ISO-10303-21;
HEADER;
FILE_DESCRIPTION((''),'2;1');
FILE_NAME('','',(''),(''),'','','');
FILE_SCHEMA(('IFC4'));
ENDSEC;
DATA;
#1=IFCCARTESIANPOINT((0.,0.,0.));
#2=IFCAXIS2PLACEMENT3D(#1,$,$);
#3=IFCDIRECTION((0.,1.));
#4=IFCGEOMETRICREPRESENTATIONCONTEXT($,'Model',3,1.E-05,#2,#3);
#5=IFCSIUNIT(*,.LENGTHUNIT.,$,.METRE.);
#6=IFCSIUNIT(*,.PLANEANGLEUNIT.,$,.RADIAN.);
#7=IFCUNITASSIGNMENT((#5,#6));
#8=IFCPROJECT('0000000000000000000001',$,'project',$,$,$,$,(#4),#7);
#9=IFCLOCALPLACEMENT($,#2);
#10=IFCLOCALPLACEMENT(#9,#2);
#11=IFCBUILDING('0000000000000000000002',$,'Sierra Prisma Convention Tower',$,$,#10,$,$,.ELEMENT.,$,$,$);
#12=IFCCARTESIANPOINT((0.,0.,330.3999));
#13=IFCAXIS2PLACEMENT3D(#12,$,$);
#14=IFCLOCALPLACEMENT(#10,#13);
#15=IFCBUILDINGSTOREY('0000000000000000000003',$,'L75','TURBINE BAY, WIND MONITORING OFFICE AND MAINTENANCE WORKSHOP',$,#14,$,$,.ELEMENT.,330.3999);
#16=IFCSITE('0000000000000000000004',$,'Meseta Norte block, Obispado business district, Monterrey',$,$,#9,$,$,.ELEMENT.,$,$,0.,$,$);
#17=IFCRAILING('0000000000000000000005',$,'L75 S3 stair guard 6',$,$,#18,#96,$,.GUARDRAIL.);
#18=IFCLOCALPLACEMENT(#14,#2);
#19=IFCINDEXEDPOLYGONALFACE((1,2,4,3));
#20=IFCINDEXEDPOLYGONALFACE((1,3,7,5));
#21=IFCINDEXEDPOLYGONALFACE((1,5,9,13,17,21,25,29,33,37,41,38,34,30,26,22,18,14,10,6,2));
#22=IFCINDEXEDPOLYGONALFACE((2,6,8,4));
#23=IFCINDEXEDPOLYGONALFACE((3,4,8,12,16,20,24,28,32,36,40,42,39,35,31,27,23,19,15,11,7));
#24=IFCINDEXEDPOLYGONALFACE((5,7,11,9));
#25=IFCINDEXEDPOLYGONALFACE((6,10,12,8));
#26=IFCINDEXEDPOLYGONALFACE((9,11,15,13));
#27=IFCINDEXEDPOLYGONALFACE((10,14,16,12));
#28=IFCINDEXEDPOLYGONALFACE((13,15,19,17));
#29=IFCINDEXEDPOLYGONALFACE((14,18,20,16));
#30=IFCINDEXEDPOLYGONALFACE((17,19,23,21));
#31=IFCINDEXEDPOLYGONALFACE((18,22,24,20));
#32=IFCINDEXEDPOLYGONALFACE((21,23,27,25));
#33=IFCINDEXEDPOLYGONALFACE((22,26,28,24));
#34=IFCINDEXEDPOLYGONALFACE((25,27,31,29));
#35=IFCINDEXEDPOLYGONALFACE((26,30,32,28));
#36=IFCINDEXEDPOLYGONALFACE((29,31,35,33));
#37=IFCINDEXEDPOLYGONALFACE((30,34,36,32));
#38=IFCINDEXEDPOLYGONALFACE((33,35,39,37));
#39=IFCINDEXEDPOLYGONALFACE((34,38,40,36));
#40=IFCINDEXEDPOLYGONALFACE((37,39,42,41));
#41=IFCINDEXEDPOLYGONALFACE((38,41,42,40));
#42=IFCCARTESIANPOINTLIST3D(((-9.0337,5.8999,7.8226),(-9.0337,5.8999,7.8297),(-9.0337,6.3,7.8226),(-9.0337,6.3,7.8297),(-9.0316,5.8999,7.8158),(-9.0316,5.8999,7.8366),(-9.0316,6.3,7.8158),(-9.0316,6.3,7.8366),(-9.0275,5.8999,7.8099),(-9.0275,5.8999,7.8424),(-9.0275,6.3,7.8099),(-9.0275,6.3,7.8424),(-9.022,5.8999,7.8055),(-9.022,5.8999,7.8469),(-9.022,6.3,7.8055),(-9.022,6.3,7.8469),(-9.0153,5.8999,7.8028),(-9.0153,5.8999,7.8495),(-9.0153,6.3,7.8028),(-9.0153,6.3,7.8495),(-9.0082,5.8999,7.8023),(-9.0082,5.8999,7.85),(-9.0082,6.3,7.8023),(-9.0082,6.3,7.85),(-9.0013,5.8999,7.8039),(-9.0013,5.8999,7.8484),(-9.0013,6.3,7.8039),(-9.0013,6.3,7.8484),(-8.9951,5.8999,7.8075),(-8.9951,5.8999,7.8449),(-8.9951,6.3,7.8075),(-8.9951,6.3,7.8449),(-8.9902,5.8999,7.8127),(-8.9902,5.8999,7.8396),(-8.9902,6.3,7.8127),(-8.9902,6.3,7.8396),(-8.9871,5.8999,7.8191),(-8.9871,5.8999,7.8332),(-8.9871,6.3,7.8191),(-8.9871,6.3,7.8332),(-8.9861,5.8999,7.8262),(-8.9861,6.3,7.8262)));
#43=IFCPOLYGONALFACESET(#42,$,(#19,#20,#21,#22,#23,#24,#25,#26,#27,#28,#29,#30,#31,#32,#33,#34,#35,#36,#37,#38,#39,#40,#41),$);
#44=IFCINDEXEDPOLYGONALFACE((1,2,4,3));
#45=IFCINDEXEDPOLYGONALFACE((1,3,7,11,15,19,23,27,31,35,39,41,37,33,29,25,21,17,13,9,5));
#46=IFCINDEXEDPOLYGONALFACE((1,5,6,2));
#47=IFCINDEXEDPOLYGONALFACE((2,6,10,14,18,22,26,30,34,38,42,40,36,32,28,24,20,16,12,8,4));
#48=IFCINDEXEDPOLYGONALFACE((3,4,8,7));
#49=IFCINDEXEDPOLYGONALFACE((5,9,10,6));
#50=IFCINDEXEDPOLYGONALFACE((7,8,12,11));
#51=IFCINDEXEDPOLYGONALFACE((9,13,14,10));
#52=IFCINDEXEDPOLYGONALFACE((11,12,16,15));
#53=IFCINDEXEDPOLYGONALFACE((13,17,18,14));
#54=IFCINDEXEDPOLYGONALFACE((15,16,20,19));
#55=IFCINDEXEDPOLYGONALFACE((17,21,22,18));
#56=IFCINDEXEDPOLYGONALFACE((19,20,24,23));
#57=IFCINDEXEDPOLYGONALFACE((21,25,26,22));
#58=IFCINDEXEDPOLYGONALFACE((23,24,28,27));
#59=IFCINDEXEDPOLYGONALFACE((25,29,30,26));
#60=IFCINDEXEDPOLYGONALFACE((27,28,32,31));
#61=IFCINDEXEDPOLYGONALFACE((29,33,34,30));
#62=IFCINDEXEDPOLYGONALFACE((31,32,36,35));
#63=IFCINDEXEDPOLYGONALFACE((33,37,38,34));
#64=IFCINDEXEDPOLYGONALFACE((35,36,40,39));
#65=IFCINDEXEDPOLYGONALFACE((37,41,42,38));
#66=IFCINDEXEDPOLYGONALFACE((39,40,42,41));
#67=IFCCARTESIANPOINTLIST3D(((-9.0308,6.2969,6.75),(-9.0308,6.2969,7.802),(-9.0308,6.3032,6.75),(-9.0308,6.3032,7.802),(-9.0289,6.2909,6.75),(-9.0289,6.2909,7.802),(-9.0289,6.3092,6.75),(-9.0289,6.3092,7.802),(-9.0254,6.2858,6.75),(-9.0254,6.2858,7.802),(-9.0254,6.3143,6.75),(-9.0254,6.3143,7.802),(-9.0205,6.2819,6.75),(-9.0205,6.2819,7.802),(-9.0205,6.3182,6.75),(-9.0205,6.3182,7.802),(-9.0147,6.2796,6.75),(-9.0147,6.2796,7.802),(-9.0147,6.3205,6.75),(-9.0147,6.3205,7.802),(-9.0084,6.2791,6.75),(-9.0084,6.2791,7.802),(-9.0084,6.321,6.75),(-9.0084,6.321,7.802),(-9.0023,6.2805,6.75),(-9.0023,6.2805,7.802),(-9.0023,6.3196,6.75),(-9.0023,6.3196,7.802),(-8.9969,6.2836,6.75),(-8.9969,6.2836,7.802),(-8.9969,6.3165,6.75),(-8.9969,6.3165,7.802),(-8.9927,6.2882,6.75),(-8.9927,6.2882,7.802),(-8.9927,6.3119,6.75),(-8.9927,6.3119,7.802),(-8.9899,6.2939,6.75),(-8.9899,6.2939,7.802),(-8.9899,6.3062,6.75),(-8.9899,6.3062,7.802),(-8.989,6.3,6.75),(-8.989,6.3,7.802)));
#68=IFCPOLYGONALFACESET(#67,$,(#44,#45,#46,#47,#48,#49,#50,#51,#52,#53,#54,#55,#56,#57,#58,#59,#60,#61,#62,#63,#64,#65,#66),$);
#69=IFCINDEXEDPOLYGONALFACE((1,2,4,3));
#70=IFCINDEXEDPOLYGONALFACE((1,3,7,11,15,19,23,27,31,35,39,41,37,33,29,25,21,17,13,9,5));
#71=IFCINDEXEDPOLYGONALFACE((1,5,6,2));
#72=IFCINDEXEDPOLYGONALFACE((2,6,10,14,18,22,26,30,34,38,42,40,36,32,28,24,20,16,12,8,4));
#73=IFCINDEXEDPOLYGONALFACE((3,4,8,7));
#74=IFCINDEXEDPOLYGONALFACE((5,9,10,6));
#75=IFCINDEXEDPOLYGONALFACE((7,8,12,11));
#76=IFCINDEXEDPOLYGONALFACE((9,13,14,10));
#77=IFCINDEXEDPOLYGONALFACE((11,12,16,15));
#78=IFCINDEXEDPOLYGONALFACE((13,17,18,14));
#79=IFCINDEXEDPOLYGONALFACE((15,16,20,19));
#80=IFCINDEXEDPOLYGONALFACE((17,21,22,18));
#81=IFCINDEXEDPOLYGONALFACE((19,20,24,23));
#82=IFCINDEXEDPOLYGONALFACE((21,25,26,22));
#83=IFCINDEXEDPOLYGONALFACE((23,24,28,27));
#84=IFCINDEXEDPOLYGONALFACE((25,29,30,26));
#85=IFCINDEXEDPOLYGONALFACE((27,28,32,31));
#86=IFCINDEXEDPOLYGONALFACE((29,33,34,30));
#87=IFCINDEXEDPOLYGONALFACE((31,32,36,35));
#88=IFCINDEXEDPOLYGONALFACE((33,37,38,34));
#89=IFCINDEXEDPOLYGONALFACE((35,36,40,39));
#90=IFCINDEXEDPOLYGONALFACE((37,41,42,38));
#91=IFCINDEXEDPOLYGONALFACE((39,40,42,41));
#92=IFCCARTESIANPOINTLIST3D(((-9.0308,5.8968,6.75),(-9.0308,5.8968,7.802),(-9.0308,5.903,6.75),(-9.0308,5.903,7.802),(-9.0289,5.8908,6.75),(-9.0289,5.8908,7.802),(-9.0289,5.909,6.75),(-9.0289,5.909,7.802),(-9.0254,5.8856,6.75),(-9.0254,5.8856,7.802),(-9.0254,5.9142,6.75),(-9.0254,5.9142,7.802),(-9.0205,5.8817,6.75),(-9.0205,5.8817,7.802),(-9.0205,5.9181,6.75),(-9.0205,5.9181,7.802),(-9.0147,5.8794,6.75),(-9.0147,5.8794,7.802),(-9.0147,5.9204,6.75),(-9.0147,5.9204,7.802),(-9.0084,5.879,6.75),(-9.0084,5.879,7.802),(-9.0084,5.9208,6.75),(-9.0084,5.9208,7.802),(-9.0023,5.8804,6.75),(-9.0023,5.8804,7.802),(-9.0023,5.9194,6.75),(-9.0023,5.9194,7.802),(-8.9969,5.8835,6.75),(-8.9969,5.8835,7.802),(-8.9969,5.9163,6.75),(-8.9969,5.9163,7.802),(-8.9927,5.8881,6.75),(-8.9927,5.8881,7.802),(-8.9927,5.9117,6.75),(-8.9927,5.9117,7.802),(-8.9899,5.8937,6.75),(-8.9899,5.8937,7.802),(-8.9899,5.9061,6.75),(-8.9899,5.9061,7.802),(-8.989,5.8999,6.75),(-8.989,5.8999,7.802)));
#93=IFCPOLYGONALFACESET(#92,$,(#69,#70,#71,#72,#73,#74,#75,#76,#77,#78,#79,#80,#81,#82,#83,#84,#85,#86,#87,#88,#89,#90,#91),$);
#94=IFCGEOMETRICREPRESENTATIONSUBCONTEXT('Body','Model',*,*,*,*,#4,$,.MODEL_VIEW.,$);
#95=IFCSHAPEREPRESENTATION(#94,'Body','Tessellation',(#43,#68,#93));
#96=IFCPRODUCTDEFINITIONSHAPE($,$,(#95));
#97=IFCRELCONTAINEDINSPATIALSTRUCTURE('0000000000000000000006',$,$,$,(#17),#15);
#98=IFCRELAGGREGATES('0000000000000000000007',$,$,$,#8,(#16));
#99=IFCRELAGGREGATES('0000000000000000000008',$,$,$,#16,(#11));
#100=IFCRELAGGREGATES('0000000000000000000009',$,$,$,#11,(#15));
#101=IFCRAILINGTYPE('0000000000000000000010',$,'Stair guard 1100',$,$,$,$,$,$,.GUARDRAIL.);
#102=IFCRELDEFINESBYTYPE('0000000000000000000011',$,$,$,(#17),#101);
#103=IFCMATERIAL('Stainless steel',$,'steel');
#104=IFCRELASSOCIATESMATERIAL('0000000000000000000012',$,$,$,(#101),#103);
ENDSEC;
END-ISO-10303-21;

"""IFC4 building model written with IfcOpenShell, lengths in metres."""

from ifc_helpers import new_model, si_unit, direction, frame, origin, origin_2d, place, context, subcontext, project, spatial, circle, extrude, material, type_object, element, save


model = new_model("IFC4")

# Units and contexts
model_context = context("Model", 3, precision=1e-05, world=origin(), true_north=direction((0.0, 1.0)))
body_context = subcontext(model_context, "Body", "Model", "MODEL_VIEW")
ifc_project = project(units=[si_unit("LENGTHUNIT", "METRE"), si_unit("PLANEANGLEUNIT", "RADIAN")], contexts=[model_context])

# Site, building, storey
site_placement = place(None, origin())
site = spatial("IfcSite", under=ifc_project, at=site_placement, Name="Meseta Norte block, Obispado business district, Monterrey", CompositionType="ELEMENT", RefElevation=0.0)
building_placement = place(site_placement, origin())
building = spatial("IfcBuilding", under=site, at=building_placement, Name="Sierra Prisma Convention Tower", CompositionType="ELEMENT")
storey_placement = place(building_placement, frame((0.0, 0.0, 330.3999)))
storey = spatial("IfcBuildingStorey", under=building, at=storey_placement, Name="L75", Description="TURBINE BAY, WIND MONITORING OFFICE AND MAINTENANCE WORKSHOP", CompositionType="ELEMENT", Elevation=330.3999)

# Railing
ifc_material_1 = material(Name="Stainless steel", Category="steel")
railing_type_1 = type_object("IfcRailingType", Name="Stair guard 1100", PredefinedType="GUARDRAIL", material=ifc_material_1)
railing_1_placement = place(storey_placement, frame((-9.01, 6.3, 6.75)))
element("IfcRailing", 1, at=railing_1_placement, inside=storey, type_object=railing_type_1, Name="L75 S3 stair guard 6", PredefinedType="GUARDRAIL", context=body_context, shape_type="SweptSolid", body=[
    extrude(circle(Radius=0.0239, at=origin_2d()), frame((0.0, 0.0, 1.0762), z_axis=(0.0, -1.0, 0.0), x_axis=(1.0, 0.0, 0.0)), (0.0, 0.0, 1.0), 0.4001),
    extrude(circle(Radius=0.021, at=origin_2d()), origin(), (0.0, 0.0, 1.0), 1.052),
    extrude(circle(Radius=0.021, at=origin_2d()), frame((0.0, -0.4001, 0.0)), (0.0, 0.0, 1.0), 1.052),
])

save(model, "model.ifc")
